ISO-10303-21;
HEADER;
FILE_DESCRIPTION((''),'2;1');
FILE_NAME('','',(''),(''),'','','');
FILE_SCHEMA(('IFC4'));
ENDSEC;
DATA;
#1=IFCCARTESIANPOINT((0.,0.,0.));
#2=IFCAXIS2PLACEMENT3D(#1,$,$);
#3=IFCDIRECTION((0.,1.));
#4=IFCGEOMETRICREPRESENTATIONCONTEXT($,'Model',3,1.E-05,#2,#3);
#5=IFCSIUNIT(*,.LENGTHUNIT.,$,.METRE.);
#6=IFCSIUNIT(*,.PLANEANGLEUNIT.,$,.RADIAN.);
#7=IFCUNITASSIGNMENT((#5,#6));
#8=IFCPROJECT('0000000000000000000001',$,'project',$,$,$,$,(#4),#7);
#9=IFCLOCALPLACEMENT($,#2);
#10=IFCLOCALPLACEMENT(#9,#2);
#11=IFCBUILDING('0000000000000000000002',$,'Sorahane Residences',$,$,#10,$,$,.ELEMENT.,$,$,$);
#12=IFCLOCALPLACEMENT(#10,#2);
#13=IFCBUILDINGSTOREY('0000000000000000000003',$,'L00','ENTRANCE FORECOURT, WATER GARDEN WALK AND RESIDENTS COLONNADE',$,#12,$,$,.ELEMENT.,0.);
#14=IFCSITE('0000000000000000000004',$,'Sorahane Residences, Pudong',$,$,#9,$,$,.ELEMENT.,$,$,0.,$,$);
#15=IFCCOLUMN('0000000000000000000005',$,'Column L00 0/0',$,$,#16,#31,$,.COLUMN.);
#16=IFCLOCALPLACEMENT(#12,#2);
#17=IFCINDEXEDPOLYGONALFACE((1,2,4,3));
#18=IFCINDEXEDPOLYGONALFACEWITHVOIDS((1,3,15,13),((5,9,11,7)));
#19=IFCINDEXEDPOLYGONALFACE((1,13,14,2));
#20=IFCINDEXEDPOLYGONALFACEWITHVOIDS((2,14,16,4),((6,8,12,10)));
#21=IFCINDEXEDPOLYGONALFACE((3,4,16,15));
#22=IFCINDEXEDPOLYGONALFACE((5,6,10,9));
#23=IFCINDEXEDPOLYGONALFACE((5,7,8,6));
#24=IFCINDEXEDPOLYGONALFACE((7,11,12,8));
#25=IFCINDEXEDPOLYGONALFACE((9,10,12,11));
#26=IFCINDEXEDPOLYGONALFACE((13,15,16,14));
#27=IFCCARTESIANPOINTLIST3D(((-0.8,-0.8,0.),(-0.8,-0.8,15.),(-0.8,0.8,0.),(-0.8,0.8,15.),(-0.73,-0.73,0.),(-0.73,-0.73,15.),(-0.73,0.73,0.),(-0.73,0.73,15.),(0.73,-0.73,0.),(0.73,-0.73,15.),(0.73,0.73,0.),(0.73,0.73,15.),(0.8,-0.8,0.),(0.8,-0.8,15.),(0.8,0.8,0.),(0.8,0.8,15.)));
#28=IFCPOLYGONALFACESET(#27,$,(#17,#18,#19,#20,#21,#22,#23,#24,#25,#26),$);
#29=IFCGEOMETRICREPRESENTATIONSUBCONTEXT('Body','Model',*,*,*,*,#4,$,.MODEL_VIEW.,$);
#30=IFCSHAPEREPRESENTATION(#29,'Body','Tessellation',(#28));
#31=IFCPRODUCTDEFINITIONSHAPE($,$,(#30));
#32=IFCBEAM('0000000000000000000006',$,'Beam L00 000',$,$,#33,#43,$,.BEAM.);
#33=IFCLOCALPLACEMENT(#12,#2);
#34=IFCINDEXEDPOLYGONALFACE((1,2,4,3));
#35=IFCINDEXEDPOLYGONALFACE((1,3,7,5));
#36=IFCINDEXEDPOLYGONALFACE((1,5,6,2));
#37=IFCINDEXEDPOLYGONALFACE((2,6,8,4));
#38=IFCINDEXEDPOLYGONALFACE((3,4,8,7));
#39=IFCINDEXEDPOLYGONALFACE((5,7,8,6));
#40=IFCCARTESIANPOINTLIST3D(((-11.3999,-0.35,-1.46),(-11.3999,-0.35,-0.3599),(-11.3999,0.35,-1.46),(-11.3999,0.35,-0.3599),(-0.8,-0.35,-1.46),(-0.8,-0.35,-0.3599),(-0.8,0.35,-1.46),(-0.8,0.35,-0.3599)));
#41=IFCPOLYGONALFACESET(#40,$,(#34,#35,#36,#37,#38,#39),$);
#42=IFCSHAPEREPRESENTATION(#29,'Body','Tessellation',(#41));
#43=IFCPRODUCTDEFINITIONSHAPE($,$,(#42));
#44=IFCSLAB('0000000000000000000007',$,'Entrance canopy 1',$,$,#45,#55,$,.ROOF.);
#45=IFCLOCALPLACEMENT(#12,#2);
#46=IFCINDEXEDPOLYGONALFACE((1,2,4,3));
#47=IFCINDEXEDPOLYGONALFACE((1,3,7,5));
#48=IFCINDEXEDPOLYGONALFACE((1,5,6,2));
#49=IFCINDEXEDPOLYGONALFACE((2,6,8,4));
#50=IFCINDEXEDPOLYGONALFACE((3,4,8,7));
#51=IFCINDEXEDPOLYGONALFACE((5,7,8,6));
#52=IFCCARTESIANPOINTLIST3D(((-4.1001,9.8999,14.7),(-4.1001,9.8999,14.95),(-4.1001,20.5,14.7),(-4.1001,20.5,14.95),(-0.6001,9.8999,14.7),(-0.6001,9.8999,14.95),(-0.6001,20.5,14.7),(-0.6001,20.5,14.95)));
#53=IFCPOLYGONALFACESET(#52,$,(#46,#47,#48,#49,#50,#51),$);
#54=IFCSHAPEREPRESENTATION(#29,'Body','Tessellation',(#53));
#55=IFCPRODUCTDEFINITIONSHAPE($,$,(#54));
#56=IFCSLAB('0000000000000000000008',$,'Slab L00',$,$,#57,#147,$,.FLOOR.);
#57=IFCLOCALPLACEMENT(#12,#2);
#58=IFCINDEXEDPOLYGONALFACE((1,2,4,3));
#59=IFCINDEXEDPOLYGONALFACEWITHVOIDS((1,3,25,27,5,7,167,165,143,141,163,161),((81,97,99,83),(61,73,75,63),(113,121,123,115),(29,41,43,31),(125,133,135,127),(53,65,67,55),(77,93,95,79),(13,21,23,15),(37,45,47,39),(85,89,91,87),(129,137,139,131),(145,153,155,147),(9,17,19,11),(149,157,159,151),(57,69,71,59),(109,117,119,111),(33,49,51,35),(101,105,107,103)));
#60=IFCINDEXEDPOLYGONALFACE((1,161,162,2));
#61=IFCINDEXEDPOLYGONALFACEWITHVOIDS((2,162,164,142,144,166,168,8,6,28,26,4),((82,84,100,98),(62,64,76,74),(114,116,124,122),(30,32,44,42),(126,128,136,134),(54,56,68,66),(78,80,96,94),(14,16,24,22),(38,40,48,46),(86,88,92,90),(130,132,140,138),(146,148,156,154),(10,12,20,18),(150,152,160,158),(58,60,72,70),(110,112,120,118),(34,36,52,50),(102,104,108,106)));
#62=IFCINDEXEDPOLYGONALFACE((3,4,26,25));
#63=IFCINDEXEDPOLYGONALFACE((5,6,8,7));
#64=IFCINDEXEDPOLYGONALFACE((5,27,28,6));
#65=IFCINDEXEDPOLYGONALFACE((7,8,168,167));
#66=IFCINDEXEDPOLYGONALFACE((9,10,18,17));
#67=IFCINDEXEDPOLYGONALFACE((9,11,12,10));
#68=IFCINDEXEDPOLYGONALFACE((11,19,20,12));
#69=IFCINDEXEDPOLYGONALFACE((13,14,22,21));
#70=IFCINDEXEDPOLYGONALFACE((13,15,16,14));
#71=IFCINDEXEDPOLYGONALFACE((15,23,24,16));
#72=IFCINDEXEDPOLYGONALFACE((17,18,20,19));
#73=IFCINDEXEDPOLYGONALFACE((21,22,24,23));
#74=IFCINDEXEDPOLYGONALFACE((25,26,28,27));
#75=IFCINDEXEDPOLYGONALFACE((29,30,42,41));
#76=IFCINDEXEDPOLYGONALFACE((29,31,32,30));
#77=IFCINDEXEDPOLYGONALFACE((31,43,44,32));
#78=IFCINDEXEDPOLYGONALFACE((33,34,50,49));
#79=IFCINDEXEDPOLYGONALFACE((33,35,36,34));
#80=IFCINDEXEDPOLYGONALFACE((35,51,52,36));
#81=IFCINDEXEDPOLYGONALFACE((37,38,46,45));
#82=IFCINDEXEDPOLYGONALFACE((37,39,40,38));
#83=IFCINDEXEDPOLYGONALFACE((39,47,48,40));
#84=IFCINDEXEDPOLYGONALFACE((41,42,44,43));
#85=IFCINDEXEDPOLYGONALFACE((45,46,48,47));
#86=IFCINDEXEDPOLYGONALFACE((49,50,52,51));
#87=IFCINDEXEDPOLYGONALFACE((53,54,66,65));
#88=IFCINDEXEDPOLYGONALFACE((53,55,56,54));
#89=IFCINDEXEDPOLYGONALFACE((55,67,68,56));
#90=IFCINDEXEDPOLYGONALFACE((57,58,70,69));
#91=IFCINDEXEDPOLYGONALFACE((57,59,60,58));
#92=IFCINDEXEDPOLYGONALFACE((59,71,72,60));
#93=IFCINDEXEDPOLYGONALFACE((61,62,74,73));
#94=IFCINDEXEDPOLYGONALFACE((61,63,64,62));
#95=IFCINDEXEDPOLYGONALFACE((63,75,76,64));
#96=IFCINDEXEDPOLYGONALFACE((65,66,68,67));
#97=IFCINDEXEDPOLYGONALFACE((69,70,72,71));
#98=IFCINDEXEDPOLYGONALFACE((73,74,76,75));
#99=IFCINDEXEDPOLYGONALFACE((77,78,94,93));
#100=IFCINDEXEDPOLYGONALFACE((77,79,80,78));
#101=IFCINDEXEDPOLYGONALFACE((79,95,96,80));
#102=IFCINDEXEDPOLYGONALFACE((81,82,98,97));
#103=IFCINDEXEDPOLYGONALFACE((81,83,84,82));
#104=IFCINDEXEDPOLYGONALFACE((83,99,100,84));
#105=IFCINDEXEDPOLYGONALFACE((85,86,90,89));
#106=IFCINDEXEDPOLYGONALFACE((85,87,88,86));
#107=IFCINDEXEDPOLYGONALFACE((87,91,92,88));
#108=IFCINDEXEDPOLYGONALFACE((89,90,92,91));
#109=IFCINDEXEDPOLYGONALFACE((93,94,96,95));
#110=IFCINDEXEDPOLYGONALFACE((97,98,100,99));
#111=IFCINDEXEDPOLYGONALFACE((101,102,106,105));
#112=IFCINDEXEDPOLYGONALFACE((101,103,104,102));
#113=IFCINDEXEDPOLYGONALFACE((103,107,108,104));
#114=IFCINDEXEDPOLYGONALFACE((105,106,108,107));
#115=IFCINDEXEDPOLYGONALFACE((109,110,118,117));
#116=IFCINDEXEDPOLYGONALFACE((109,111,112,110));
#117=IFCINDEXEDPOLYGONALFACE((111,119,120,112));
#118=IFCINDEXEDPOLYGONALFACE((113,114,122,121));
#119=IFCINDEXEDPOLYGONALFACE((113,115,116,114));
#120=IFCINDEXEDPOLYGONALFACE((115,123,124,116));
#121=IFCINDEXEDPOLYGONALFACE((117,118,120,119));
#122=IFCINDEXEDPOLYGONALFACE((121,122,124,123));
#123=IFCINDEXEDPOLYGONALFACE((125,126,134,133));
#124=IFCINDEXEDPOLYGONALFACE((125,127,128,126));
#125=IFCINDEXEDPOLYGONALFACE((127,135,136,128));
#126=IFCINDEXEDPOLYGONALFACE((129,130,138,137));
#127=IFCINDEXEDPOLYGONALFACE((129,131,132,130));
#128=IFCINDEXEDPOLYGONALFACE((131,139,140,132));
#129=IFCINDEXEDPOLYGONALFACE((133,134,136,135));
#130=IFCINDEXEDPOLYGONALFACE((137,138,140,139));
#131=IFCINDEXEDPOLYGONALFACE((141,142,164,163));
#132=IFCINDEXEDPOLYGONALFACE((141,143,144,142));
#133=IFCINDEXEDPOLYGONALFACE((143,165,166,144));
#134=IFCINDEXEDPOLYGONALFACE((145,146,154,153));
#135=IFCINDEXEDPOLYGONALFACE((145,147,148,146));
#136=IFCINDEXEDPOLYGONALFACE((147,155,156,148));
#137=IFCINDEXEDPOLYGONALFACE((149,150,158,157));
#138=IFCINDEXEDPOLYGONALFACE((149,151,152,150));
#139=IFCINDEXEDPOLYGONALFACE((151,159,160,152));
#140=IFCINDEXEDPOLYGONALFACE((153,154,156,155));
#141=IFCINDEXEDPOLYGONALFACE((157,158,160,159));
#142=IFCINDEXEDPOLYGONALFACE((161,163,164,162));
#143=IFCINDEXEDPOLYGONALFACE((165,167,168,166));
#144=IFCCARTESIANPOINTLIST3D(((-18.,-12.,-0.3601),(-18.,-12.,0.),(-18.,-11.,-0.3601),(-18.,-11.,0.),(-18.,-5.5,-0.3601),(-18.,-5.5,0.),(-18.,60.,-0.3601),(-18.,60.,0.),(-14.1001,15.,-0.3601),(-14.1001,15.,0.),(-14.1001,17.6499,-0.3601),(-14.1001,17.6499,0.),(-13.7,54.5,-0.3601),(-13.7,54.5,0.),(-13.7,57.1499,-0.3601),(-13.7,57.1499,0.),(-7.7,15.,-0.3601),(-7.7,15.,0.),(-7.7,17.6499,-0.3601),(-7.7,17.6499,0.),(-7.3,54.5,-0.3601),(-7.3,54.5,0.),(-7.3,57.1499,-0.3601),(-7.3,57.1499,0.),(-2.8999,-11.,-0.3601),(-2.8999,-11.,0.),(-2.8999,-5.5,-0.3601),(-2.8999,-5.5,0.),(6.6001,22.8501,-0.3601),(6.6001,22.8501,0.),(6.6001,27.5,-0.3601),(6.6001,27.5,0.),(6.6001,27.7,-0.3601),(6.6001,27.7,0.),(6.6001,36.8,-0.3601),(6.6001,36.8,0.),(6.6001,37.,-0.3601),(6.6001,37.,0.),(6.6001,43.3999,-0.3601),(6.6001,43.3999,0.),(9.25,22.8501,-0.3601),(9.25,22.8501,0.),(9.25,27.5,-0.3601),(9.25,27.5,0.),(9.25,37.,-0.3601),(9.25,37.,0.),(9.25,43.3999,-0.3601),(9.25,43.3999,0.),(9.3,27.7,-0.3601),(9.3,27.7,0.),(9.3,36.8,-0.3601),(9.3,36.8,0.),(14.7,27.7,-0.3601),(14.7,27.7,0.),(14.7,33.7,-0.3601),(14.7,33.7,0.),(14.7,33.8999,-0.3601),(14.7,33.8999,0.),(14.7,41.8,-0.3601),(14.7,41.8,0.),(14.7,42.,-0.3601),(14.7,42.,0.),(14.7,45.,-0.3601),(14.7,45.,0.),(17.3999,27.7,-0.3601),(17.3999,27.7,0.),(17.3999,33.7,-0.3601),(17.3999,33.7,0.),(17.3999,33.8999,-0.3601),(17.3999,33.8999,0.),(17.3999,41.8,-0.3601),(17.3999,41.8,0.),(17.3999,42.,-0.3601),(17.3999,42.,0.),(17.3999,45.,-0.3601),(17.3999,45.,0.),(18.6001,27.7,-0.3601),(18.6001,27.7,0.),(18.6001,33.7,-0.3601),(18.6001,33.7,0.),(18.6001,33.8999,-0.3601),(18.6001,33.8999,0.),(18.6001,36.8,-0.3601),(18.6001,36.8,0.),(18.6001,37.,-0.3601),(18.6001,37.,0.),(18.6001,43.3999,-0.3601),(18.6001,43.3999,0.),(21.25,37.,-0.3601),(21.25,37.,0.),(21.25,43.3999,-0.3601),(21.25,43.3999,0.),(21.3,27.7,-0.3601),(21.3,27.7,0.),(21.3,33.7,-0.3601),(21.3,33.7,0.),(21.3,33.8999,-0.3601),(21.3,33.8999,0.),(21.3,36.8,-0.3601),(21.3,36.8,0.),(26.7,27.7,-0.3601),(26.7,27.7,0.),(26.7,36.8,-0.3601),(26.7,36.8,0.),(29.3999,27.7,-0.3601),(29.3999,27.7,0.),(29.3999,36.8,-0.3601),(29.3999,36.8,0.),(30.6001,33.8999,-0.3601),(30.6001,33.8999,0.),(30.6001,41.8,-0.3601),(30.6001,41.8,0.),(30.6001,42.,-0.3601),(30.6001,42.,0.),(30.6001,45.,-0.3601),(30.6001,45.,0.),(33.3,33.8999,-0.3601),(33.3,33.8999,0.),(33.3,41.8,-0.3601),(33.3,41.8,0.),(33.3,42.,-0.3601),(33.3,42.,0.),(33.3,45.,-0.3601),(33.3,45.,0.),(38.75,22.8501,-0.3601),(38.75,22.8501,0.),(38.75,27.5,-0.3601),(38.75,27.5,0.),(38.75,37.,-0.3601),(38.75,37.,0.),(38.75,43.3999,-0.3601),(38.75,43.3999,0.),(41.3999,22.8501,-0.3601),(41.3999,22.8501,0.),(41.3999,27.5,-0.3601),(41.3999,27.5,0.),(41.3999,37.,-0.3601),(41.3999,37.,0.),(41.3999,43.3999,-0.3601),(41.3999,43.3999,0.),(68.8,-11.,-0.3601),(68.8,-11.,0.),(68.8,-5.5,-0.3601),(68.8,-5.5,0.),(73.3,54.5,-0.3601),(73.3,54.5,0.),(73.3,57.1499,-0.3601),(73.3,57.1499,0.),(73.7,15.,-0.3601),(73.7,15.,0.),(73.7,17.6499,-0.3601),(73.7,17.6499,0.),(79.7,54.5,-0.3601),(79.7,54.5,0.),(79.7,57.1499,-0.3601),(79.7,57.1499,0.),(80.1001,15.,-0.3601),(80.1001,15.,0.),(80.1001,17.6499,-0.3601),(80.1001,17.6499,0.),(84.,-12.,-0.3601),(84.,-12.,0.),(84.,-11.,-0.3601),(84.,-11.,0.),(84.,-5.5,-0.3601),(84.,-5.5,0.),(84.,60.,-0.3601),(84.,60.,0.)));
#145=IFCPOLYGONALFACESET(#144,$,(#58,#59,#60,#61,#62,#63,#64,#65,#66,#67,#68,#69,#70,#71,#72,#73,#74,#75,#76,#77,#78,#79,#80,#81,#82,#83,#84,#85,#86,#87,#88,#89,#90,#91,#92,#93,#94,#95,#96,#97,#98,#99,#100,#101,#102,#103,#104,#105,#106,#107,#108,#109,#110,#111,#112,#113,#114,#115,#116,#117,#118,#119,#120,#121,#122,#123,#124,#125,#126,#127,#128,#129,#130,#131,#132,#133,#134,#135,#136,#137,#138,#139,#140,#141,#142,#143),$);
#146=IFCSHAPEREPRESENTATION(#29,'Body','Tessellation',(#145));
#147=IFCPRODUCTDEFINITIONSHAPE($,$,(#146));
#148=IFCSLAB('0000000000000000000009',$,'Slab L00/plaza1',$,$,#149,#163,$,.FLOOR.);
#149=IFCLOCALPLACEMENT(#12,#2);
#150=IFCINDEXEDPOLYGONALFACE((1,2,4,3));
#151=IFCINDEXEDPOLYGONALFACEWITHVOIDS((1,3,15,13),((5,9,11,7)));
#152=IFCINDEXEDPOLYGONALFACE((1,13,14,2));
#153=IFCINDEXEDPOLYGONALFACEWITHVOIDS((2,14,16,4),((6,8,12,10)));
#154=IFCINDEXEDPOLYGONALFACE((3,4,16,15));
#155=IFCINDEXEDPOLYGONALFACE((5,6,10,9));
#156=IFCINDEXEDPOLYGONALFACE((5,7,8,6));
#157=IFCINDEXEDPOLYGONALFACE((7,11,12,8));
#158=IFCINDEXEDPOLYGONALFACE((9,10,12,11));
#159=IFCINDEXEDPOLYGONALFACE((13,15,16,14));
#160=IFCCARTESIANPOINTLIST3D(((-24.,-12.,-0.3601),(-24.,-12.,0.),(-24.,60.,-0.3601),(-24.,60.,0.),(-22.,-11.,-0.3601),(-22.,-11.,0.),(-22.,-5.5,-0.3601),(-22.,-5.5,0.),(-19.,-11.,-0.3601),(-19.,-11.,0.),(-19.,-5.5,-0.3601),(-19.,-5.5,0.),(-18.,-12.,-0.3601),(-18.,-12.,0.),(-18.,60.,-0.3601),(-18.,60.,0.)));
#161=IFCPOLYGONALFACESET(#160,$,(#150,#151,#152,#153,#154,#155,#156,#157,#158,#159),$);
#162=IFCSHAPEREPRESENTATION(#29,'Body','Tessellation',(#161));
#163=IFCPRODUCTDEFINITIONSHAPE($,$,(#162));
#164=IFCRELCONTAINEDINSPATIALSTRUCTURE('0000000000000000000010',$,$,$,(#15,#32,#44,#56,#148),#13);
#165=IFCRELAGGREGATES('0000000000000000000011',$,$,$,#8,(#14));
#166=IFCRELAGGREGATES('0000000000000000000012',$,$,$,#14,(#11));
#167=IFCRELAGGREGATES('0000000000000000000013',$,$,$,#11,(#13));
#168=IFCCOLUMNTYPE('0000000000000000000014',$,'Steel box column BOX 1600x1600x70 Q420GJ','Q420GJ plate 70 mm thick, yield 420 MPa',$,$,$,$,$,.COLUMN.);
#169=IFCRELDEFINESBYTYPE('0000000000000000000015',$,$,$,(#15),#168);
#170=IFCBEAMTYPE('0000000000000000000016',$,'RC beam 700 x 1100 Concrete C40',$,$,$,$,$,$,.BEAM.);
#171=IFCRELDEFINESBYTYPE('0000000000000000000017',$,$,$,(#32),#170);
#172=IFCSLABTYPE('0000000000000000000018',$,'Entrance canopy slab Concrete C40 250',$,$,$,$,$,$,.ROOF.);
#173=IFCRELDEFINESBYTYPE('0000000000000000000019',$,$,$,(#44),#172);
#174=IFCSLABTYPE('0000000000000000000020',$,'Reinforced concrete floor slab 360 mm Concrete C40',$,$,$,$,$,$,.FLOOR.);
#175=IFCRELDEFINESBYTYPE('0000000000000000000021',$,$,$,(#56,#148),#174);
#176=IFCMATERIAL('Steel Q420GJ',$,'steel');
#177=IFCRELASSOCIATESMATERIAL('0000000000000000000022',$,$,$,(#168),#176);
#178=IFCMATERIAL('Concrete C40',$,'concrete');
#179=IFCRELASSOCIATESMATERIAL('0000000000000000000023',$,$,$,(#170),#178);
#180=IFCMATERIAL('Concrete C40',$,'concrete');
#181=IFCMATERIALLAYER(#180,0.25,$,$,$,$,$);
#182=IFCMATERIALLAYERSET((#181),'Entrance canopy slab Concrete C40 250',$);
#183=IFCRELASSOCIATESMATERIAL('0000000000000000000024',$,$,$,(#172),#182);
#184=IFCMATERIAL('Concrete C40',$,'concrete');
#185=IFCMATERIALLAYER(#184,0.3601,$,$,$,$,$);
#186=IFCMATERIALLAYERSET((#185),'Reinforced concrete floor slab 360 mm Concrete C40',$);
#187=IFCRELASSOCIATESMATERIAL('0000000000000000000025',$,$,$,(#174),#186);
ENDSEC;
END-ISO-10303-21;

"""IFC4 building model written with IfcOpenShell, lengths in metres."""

from ifc_helpers import new_model, si_unit, direction, frame, origin, origin_with_axes, origin_2d, place, context, subcontext, project, spatial, polyline, rectangle, hollow_rectangle, outline, extrude, material, layer, layer_set, material_profile, profile_set, type_object, element, save


model = new_model("IFC4")

# Units and contexts
model_context = context("Model", 3, precision=1e-05, world=origin(), true_north=direction((0.0, 1.0)))
body_context = subcontext(model_context, "Body", "Model", "MODEL_VIEW")
ifc_project = project(units=[si_unit("LENGTHUNIT", "METRE"), si_unit("PLANEANGLEUNIT", "RADIAN")], contexts=[model_context])

# Site, building, storey
site_placement = place(None, origin())
site = spatial("IfcSite", under=ifc_project, at=site_placement, Name="Sorahane Residences, Pudong", CompositionType="ELEMENT", RefElevation=0.0)
building_placement = place(site_placement, origin())
building = spatial("IfcBuilding", under=site, at=building_placement, Name="Sorahane Residences", CompositionType="ELEMENT")
storey_placement = place(building_placement, origin())
storey = spatial("IfcBuildingStorey", under=building, at=storey_placement, Name="L00", Description="ENTRANCE FORECOURT, WATER GARDEN WALK AND RESIDENTS COLONNADE", CompositionType="ELEMENT", Elevation=0.0)

# Column
ifc_material_1 = material(Name="Steel Q420GJ", Category="steel")
ifc_material_profile_1 = material_profile(ifc_material_1, hollow_rectangle(XDim=1.6001, YDim=1.6001, WallThickness=0.0701, at=origin_2d()), Name="BOX 1600x1600x70")
ifc_profile_set_1 = profile_set([ifc_material_profile_1], Name="Steel Q420GJ")
column_type = type_object("IfcColumnType", Name="Steel box column BOX 1600x1600x70 Q420GJ", Description="Q420GJ plate 70 mm thick, yield 420 MPa", PredefinedType="COLUMN", material=ifc_profile_set_1)
column_placement = place(storey_placement, origin_with_axes())
element("IfcColumn", 1, at=column_placement, inside=storey, type_object=column_type, Name="Column L00 0/0", PredefinedType="COLUMN", context=body_context, shape_type="SweptSolid", body=[
    extrude(hollow_rectangle(XDim=1.6001, YDim=1.6001, WallThickness=0.0701, at=origin_2d()), origin(), (0.0, 0.0, 1.0), 15.0),
])

# Beam
ifc_material_2 = material(Name="Concrete C40", Category="concrete")
ifc_material_profile_2 = material_profile(ifc_material_2, rectangle(XDim=0.7, YDim=1.1001, at=origin_2d()), Name="700x1100")
ifc_profile_set_2 = profile_set([ifc_material_profile_2], Name="Concrete C40")
beam_type = type_object("IfcBeamType", Name="RC beam 700 x 1100 Concrete C40", PredefinedType="BEAM", material=ifc_profile_set_2)
beam_placement = place(storey_placement, frame((-11.3999, 0.0, -0.9099), z_axis=(1.0, 0.0, 0.0), x_axis=(0.0, 1.0, 0.0)))
element("IfcBeam", 2, at=beam_placement, inside=storey, type_object=beam_type, Name="Beam L00 000", PredefinedType="BEAM", context=body_context, shape_type="SweptSolid", body=[
    extrude(rectangle(XDim=0.7, YDim=1.1001, at=origin_2d()), origin(), (0.0, 0.0, 1.0), 10.5999),
])

# Slabs
ifc_material_3 = material(Name="Concrete C40", Category="concrete")
ifc_layer_1 = layer(ifc_material_3, 0.25)
ifc_layer_set_1 = layer_set([ifc_layer_1], Name="Entrance canopy slab Concrete C40 250")
slab_type_1 = type_object("IfcSlabType", Name="Entrance canopy slab Concrete C40 250", PredefinedType="ROOF", material=ifc_layer_set_1)
slab_1_placement = place(storey_placement, frame((0.0, 0.0, 14.7)))
element("IfcSlab", 3, at=slab_1_placement, inside=storey, type_object=slab_type_1, Name="Entrance canopy 1", PredefinedType="ROOF", context=body_context, shape_type="SweptSolid", body=[
    extrude(outline(polyline([(-4.1001, 9.8999), (-0.6001, 9.8999), (-0.6001, 20.5), (-4.1001, 20.5), (-4.1001, 9.8999)])), origin(), (0.0, 0.0, 1.0), 0.25),
])
ifc_material_4 = material(Name="Concrete C40", Category="concrete")
ifc_layer_2 = layer(ifc_material_4, 0.3601)
ifc_layer_set_2 = layer_set([ifc_layer_2], Name="Reinforced concrete floor slab 360 mm Concrete C40")
slab_type_2 = type_object("IfcSlabType", Name="Reinforced concrete floor slab 360 mm Concrete C40", PredefinedType="FLOOR", material=ifc_layer_set_2)
slab_2_placement = place(storey_placement, frame((0.0, 0.0, -0.3601)))
element("IfcSlab", 4, at=slab_2_placement, inside=storey, type_object=slab_type_2, Name="Slab L00", PredefinedType="FLOOR", context=body_context, shape_type="SweptSolid", body=[
    extrude(outline(polyline([(84.0, -12.0), (-18.0, -12.0), (-18.0, -11.0), (-2.8999, -11.0), (-2.8999, -5.5), (-18.0, -5.5), (-18.0, 60.0), (84.0, 60.0), (84.0, -5.5), (68.8, -5.5), (68.8, -11.0), (84.0, -11.0), (84.0, -12.0)]), holes=[polyline([(18.6001, 27.7), (21.3, 27.7), (21.3, 33.7), (18.6001, 33.7), (18.6001, 27.7)]), polyline([(30.6001, 42.0), (33.3, 42.0), (33.3, 45.0), (30.6001, 45.0), (30.6001, 42.0)]), polyline([(14.7, 27.7), (17.3999, 27.7), (17.3999, 33.7), (14.7, 33.7), (14.7, 27.7)]), polyline([(14.7, 42.0), (17.3999, 42.0), (17.3999, 45.0), (14.7, 45.0), (14.7, 42.0)]), polyline([(6.6001, 27.7), (9.3, 27.7), (9.3, 36.8), (6.6001, 36.8), (6.6001, 27.7)]), polyline([(6.6001, 43.3999), (6.6001, 37.0), (9.25, 37.0), (9.25, 43.3999), (6.6001, 43.3999)]), polyline([(38.75, 43.3999), (38.75, 37.0), (41.3999, 37.0), (41.3999, 43.3999), (38.75, 43.3999)]), polyline([(18.6001, 43.3999), (18.6001, 37.0), (21.25, 37.0), (21.25, 43.3999), (18.6001, 43.3999)]), polyline([(9.25, 22.8501), (9.25, 27.5), (6.6001, 27.5), (6.6001, 22.8501), (9.25, 22.8501)]), polyline([(41.3999, 22.8501), (41.3999, 27.5), (38.75, 27.5), (38.75, 22.8501), (41.3999, 22.8501)]), polyline([(14.7, 33.8999), (17.3999, 33.8999), (17.3999, 41.8), (14.7, 41.8), (14.7, 33.8999)]), polyline([(30.6001, 33.8999), (33.3, 33.8999), (33.3, 41.8), (30.6001, 41.8), (30.6001, 33.8999)]), polyline([(18.6001, 33.8999), (21.3, 33.8999), (21.3, 36.8), (18.6001, 36.8), (18.6001, 33.8999)]), polyline([(26.7, 27.7), (29.3999, 27.7), (29.3999, 36.8), (26.7, 36.8), (26.7, 27.7)]), polyline([(-13.7, 54.5), (-7.3, 54.5), (-7.3, 57.1499), (-13.7, 57.1499), (-13.7, 54.5)]), polyline([(79.7, 57.1499), (73.3, 57.1499), (73.3, 54.5), (79.7, 54.5), (79.7, 57.1499)]), polyline([(-14.1001, 15.0), (-7.7, 15.0), (-7.7, 17.6499), (-14.1001, 17.6499), (-14.1001, 15.0)]), polyline([(80.1001, 17.6499), (73.7, 17.6499), (73.7, 15.0), (80.1001, 15.0), (80.1001, 17.6499)])]), origin(), (0.0, 0.0, 1.0), 0.3601),
])
slab_3_placement = place(storey_placement, frame((0.0, 0.0, -0.3601)))
element("IfcSlab", 5, at=slab_3_placement, inside=storey, type_object=slab_type_2, Name="Slab L00/plaza1", PredefinedType="FLOOR", context=body_context, shape_type="SweptSolid", body=[
    extrude(outline(polyline([(-24.0, 60.0), (-18.0, 60.0), (-18.0, -12.0), (-24.0, -12.0), (-24.0, 60.0)]), holes=[polyline([(-19.0, -11.0), (-19.0, -5.5), (-22.0, -5.5), (-22.0, -11.0), (-19.0, -11.0)])]), origin(), (0.0, 0.0, 1.0), 0.3601),
])

save(model, "model.ifc")
